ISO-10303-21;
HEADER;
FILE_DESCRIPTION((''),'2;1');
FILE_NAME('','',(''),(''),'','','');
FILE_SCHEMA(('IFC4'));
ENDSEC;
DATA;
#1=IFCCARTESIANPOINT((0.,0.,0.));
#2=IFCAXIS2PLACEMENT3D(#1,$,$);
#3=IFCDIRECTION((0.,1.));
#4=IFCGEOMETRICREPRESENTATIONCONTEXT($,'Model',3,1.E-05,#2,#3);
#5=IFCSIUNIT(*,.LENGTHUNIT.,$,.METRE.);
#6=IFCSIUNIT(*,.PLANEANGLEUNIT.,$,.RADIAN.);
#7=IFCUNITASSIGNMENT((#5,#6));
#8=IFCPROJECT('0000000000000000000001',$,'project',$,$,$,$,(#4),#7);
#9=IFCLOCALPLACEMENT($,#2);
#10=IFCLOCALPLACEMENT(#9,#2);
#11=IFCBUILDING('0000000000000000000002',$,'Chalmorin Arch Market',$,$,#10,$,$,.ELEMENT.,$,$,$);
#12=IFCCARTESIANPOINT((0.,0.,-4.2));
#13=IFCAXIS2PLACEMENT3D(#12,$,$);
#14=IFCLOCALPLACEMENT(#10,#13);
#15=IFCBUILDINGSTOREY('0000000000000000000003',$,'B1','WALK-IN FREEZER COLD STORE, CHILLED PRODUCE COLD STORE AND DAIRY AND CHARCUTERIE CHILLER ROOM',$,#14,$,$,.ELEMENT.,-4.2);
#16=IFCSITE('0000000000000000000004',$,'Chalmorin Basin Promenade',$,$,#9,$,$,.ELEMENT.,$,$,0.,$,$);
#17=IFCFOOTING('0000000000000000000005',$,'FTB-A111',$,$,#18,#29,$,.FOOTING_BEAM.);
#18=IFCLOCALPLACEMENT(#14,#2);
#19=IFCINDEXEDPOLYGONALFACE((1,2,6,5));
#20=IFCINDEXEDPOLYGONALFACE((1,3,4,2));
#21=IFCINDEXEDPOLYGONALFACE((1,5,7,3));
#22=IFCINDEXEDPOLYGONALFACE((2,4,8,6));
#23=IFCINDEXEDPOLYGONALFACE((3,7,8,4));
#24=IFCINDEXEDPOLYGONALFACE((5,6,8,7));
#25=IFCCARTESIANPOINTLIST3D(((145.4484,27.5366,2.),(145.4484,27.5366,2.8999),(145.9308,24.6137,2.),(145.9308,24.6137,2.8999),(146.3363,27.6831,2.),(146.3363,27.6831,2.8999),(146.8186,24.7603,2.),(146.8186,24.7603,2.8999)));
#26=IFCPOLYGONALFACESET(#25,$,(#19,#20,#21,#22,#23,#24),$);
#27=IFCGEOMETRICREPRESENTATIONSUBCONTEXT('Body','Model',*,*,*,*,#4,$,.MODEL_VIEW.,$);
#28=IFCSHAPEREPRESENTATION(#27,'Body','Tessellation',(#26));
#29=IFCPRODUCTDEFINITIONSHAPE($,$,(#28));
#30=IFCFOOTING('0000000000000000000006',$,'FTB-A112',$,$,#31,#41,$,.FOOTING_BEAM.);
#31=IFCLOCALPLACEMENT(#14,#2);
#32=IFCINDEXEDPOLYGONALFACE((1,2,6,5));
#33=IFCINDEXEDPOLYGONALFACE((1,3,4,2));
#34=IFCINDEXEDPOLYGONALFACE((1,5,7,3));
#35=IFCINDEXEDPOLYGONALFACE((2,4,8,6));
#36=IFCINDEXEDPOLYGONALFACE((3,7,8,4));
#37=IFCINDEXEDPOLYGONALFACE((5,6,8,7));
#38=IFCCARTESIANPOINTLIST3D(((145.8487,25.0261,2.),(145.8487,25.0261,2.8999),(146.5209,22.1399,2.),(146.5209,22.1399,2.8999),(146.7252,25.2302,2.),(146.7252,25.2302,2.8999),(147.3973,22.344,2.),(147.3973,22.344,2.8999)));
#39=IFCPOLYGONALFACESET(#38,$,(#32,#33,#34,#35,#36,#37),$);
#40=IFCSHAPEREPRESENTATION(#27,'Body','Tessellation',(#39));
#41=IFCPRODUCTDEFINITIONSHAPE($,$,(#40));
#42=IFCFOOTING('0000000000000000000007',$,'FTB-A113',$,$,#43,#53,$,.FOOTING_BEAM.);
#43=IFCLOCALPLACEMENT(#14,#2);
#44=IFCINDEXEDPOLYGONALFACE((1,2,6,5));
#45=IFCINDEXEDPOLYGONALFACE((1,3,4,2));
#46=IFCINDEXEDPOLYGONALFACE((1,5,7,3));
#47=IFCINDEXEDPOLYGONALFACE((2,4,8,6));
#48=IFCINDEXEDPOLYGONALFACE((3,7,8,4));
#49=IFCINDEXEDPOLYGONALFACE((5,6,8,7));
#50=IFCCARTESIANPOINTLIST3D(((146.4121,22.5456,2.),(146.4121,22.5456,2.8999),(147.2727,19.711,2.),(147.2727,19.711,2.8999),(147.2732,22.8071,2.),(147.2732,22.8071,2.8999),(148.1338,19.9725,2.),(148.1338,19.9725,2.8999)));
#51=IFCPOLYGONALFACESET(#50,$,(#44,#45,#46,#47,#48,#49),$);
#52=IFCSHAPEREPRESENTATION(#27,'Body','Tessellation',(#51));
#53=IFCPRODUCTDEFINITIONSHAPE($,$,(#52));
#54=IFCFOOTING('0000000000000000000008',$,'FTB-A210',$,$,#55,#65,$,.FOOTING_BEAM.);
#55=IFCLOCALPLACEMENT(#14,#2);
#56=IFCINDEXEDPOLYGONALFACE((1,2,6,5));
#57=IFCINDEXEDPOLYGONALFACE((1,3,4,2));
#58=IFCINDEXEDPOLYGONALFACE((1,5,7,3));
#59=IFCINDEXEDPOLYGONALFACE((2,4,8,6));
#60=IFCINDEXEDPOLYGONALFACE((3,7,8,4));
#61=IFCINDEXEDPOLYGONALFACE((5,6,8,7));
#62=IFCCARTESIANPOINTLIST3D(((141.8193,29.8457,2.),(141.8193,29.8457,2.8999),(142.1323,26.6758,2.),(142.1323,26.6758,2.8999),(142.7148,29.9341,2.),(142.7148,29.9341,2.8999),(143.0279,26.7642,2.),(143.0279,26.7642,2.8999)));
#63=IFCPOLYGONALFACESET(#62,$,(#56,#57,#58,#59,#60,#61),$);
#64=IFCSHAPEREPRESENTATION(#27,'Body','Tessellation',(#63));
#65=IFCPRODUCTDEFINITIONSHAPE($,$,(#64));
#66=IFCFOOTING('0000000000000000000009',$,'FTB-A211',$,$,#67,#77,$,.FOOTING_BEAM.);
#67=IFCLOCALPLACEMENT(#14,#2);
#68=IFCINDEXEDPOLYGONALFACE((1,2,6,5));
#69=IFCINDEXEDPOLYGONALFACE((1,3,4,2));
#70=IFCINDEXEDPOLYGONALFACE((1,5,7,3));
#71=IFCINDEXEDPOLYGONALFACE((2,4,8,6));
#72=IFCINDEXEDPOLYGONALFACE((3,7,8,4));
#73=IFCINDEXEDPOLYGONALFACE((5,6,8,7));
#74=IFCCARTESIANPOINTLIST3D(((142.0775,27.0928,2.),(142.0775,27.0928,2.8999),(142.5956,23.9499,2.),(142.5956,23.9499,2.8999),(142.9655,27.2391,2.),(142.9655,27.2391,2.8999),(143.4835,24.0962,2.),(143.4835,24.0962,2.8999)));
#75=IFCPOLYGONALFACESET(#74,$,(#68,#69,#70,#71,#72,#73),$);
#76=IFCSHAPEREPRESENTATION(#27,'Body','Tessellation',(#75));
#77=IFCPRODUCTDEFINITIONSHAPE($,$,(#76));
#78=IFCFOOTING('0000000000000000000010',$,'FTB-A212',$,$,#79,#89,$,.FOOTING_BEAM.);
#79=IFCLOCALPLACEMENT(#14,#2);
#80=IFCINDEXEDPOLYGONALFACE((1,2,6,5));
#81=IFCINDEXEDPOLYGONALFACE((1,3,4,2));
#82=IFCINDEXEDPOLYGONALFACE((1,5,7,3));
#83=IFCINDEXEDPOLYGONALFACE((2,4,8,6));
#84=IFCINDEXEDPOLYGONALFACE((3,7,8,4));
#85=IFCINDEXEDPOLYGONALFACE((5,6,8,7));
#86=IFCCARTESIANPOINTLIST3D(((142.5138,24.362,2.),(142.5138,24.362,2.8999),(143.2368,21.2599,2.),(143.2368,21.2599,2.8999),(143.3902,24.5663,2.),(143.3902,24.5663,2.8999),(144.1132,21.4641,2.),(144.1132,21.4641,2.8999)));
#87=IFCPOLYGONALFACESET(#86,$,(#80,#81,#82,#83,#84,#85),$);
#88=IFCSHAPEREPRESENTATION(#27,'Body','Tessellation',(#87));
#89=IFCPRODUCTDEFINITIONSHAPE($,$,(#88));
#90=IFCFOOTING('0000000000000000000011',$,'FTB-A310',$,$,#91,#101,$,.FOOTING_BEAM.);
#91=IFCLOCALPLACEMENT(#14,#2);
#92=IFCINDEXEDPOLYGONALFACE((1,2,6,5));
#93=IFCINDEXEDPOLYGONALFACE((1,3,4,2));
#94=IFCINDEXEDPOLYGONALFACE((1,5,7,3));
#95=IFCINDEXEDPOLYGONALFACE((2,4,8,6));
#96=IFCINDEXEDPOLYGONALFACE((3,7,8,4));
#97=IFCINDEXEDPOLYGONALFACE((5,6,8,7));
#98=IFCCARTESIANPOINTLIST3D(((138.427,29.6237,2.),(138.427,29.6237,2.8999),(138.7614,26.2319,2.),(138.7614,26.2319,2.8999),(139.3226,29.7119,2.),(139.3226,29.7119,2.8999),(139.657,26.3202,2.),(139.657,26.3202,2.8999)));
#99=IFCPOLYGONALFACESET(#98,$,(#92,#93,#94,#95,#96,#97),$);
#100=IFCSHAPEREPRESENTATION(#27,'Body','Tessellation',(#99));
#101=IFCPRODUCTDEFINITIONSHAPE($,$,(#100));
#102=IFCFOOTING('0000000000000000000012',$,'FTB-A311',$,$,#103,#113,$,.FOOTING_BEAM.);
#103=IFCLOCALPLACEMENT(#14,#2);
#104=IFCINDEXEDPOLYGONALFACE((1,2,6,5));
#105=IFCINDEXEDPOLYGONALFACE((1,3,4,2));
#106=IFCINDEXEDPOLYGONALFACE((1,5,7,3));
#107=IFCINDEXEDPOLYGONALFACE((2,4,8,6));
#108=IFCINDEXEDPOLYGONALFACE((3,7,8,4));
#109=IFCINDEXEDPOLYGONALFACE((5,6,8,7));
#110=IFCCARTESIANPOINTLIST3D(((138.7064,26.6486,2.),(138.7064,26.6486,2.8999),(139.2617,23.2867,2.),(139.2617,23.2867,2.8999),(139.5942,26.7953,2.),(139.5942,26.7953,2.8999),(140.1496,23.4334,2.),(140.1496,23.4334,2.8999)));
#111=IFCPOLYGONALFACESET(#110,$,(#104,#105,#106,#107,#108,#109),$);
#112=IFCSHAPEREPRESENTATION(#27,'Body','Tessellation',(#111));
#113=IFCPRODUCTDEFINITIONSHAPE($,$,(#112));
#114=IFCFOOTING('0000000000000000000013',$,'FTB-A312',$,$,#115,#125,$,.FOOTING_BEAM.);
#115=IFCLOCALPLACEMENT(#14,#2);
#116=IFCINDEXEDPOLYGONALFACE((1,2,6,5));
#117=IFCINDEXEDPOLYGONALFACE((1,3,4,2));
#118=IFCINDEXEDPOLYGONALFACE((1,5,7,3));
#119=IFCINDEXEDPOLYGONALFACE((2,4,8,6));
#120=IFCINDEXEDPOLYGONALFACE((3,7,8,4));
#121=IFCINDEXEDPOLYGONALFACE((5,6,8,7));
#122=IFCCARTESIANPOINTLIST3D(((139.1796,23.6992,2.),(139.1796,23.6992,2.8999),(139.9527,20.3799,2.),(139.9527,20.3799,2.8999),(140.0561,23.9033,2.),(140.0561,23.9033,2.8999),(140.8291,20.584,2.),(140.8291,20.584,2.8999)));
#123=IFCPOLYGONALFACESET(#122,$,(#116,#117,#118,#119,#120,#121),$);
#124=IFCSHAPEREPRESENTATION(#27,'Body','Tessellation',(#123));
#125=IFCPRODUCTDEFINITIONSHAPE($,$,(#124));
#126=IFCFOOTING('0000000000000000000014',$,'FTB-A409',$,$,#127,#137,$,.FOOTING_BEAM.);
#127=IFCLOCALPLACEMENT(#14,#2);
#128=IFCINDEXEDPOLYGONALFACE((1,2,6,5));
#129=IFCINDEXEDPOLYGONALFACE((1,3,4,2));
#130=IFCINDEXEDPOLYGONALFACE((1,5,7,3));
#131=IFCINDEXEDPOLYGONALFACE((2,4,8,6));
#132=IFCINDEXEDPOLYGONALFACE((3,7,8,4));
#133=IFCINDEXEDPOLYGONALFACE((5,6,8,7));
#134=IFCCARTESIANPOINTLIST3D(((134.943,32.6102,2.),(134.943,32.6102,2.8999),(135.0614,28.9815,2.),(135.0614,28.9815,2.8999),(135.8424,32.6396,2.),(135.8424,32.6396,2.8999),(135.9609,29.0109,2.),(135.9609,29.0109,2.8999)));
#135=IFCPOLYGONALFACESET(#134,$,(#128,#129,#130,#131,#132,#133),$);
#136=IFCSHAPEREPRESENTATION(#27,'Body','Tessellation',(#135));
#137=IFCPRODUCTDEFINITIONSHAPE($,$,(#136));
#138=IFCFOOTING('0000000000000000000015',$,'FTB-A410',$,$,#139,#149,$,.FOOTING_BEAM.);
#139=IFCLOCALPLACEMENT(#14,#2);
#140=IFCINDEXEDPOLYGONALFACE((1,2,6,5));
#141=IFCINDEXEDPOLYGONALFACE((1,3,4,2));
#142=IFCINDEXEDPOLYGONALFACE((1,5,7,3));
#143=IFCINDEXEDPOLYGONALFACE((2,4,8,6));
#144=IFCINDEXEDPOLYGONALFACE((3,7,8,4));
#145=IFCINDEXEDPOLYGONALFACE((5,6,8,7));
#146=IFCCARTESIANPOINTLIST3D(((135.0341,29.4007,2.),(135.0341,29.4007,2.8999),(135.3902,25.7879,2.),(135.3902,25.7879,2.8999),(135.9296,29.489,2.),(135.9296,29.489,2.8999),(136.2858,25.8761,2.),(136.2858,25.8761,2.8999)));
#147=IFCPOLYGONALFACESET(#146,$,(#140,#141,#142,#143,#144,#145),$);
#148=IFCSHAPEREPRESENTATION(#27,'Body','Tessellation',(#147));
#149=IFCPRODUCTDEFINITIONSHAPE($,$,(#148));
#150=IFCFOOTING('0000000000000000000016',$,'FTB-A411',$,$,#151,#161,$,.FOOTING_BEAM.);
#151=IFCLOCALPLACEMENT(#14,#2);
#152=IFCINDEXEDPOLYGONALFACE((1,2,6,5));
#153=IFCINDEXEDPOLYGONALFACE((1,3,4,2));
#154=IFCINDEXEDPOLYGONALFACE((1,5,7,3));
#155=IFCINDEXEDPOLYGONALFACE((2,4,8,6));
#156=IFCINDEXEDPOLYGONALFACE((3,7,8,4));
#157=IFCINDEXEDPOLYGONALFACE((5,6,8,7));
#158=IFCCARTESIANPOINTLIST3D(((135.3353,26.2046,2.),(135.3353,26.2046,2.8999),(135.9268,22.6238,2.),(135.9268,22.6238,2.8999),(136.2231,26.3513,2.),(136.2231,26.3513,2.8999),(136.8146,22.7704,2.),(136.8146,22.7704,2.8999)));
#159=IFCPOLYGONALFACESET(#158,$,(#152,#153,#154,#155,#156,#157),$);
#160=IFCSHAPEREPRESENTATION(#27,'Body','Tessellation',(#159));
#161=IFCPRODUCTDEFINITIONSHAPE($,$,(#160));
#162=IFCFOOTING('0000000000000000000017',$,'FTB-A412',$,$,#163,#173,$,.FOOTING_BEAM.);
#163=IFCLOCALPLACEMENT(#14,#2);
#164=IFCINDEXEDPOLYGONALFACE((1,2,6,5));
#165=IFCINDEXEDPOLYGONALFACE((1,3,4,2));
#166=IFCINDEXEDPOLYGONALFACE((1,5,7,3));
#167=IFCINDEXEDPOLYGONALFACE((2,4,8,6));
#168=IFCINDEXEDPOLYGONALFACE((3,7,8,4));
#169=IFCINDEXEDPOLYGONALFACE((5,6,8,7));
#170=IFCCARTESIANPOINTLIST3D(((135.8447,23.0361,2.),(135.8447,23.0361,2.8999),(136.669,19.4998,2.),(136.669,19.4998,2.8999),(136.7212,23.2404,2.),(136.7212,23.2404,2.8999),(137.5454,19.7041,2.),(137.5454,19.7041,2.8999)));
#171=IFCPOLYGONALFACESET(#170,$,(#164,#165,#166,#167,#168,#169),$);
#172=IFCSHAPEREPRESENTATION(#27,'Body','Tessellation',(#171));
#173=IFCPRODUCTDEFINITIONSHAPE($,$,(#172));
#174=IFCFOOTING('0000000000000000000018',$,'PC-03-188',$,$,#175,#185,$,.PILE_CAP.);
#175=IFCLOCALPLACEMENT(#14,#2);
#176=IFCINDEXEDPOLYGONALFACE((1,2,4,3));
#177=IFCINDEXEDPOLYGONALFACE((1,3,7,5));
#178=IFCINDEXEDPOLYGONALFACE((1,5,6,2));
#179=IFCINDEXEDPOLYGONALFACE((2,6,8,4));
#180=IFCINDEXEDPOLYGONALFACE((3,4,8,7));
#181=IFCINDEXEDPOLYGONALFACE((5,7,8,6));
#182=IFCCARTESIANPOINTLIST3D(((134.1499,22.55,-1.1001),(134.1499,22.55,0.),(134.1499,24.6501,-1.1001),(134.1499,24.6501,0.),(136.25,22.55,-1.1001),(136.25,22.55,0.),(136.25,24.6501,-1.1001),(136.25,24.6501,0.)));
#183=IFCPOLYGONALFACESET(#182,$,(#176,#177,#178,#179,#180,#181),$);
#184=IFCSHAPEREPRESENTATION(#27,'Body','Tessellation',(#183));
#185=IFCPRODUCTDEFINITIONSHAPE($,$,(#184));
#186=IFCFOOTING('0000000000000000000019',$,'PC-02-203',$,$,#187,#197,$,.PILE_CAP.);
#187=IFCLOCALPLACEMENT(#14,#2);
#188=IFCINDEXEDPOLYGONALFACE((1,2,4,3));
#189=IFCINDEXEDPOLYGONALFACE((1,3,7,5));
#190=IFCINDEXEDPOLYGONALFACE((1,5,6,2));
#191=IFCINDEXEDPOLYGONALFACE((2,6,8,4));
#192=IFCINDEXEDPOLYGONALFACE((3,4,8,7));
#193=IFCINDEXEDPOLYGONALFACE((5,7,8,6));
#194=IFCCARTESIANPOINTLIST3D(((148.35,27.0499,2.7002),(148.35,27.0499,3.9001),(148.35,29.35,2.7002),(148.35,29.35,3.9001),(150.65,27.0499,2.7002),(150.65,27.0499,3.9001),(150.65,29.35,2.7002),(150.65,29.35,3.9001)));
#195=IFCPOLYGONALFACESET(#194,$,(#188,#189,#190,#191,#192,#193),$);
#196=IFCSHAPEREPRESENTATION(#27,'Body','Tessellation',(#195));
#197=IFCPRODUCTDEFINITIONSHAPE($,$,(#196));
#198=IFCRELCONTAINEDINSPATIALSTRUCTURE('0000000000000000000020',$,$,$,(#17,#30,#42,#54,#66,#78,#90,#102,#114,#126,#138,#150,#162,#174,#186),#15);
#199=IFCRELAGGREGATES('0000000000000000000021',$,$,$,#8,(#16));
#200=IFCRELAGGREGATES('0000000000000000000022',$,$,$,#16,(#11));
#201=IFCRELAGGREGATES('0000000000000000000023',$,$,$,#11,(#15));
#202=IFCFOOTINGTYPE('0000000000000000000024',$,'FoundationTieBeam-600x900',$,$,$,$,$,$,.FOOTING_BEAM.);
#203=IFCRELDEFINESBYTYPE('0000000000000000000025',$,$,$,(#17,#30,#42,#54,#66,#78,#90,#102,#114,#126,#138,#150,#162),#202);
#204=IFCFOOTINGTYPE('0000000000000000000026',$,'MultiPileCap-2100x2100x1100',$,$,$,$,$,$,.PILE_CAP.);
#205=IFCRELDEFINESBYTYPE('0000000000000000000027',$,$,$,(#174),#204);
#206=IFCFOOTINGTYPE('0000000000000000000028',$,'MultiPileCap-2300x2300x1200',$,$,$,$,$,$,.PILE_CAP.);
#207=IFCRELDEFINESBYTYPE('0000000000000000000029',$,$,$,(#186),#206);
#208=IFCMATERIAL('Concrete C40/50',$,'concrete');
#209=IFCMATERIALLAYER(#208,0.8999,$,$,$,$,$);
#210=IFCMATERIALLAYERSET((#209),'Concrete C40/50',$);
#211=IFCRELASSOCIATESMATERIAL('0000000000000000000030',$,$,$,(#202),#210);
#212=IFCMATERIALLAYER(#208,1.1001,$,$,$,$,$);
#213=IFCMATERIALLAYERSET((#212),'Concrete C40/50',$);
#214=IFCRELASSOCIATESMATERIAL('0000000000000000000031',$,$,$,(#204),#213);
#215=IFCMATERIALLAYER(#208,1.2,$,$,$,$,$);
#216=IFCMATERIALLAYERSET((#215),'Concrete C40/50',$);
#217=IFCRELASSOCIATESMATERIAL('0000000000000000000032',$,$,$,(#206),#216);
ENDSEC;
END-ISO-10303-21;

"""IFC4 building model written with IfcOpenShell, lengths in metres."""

from ifc_helpers import new_model, si_unit, direction, frame, origin, origin_2d, place, context, subcontext, project, spatial, rectangle, extrude, material, layer, layer_set, type_object, element, save


model = new_model("IFC4")

# Units and contexts
model_context = context("Model", 3, precision=1e-05, world=origin(), true_north=direction((0.0, 1.0)))
body_context = subcontext(model_context, "Body", "Model", "MODEL_VIEW")
ifc_project = project(units=[si_unit("LENGTHUNIT", "METRE"), si_unit("PLANEANGLEUNIT", "RADIAN")], contexts=[model_context])

# Site, building, storey
site_placement = place(None, origin())
site = spatial("IfcSite", under=ifc_project, at=site_placement, Name="Chalmorin Basin Promenade", CompositionType="ELEMENT", RefElevation=0.0)
building_placement = place(site_placement, origin())
building = spatial("IfcBuilding", under=site, at=building_placement, Name="Chalmorin Arch Market", CompositionType="ELEMENT")
storey_placement = place(building_placement, frame((0.0, 0.0, -4.2)))
storey = spatial("IfcBuildingStorey", under=building, at=storey_placement, Name="B1", Description="WALK-IN FREEZER COLD STORE, CHILLED PRODUCE COLD STORE AND DAIRY AND CHARCUTERIE CHILLER ROOM", CompositionType="ELEMENT", Elevation=-4.2)

# Footings
ifc_material_1 = material(Name="Concrete C40/50", Category="concrete")
ifc_layer_1 = layer(ifc_material_1, 0.8999)
ifc_layer_set_1 = layer_set([ifc_layer_1], Name="Concrete C40/50")
footing_type_1 = type_object("IfcFootingType", Name="FoundationTieBeam-600x900", PredefinedType="FOOTING_BEAM", material=ifc_layer_set_1)
footing_1_placement = place(storey_placement, frame((146.1335, 26.1484, 2.0), z_axis=(0.0, 0.0, 1.0), x_axis=(0.162809, -0.986658, 0.0)))
element("IfcFooting", 1, at=footing_1_placement, inside=storey, type_object=footing_type_1, Name="FTB-A111", PredefinedType="FOOTING_BEAM", context=body_context, shape_type="SweptSolid", body=[
    extrude(rectangle(XDim=2.9624, YDim=0.8999, at=origin_2d()), origin(), (0.0, 0.0, 1.0), 0.8999),
])
footing_2_placement = place(storey_placement, frame((146.623, 23.6851, 2.0), z_axis=(0.0, 0.0, 1.0), x_axis=(0.226821, -0.973936, 0.0)))
element("IfcFooting", 2, at=footing_2_placement, inside=storey, type_object=footing_type_1, Name="FTB-A112", PredefinedType="FOOTING_BEAM", context=body_context, shape_type="SweptSolid", body=[
    extrude(rectangle(XDim=2.9634, YDim=0.8999, at=origin_2d()), origin(), (0.0, 0.0, 1.0), 0.8999),
])
footing_3_placement = place(storey_placement, frame((147.2729, 21.259, 2.0), z_axis=(0.0, 0.0, 1.0), x_axis=(0.290535, -0.956864, 0.0)))
element("IfcFooting", 3, at=footing_3_placement, inside=storey, type_object=footing_type_1, Name="FTB-A113", PredefinedType="FOOTING_BEAM", context=body_context, shape_type="SweptSolid", body=[
    extrude(rectangle(XDim=2.9624, YDim=0.8999, at=origin_2d()), origin(), (0.0, 0.0, 1.0), 0.8999),
])
for number, where, z_axis, x_axis, name in (
    (4, (142.4236, 28.3049, 2.0), (0.0, 0.0, 1.0), (0.098278, -0.995159, 0.0), "FTB-A210"),
    (5, (142.7805, 25.5945, 2.0), (0.0, 0.0, 1.0), (0.162637, -0.986686, 0.0), "FTB-A211"),
    (6, (143.3135, 22.9131, 2.0), (0.0, 0.0, 1.0), (0.226991, -0.973897, 0.0), "FTB-A212"),
):
    element("IfcFooting", number, at=place(storey_placement, frame(where, z_axis=z_axis, x_axis=x_axis)), inside=storey, type_object=footing_type_1, Name=name, PredefinedType="FOOTING_BEAM", context=body_context, shape_type="SweptSolid", body=[
        extrude(rectangle(XDim=3.1853, YDim=0.8999, at=origin_2d()), origin(), (0.0, 0.0, 1.0), 0.8999),
    ])
footing_4_placement = place(storey_placement, frame((139.042, 27.9719, 2.0), z_axis=(0.0, 0.0, 1.0), x_axis=(0.098104, -0.995176, 0.0)))
element("IfcFooting", 7, at=footing_4_placement, inside=storey, type_object=footing_type_1, Name="FTB-A310", PredefinedType="FOOTING_BEAM", context=body_context, shape_type="SweptSolid", body=[
    extrude(rectangle(XDim=3.4082, YDim=0.8999, at=origin_2d()), origin(), (0.0, 0.0, 1.0), 0.8999),
])
footing_5_placement = place(storey_placement, frame((139.428, 25.041, 2.0), z_axis=(0.0, 0.0, 1.0), x_axis=(0.162982, -0.986629, 0.0)))
element("IfcFooting", 8, at=footing_5_placement, inside=storey, type_object=footing_type_1, Name="FTB-A311", PredefinedType="FOOTING_BEAM", context=body_context, shape_type="SweptSolid", body=[
    extrude(rectangle(XDim=3.4075, YDim=0.8999, at=origin_2d()), origin(), (0.0, 0.0, 1.0), 0.8999),
])
footing_6_placement = place(storey_placement, frame((140.0044, 22.1416, 2.0), z_axis=(0.0, 0.0, 1.0), x_axis=(0.226821, -0.973936, 0.0)))
element("IfcFooting", 9, at=footing_6_placement, inside=storey, type_object=footing_type_1, Name="FTB-A312", PredefinedType="FOOTING_BEAM", context=body_context, shape_type="SweptSolid", body=[
    extrude(rectangle(XDim=3.4082, YDim=0.8999, at=origin_2d()), origin(), (0.0, 0.0, 1.0), 0.8999),
])
footing_7_placement = place(storey_placement, frame((135.4519, 30.8105, 2.0), z_axis=(0.0, 0.0, 1.0), x_axis=(0.032632, -0.999467, 0.0)))
element("IfcFooting", 10, at=footing_7_placement, inside=storey, type_object=footing_type_1, Name="FTB-A409", PredefinedType="FOOTING_BEAM", context=body_context, shape_type="SweptSolid", body=[
    extrude(rectangle(XDim=3.6306, YDim=0.8999, at=origin_2d()), origin(), (0.0, 0.0, 1.0), 0.8999),
])
footing_8_placement = place(storey_placement, frame((135.6599, 27.6384, 2.0), z_axis=(0.0, 0.0, 1.0), x_axis=(0.098104, -0.995176, 0.0)))
element("IfcFooting", 11, at=footing_8_placement, inside=storey, type_object=footing_type_1, Name="FTB-A410", PredefinedType="FOOTING_BEAM", context=body_context, shape_type="SweptSolid", body=[
    extrude(rectangle(XDim=3.6304, YDim=0.8999, at=origin_2d()), origin(), (0.0, 0.0, 1.0), 0.8999),
])
footing_9_placement = place(storey_placement, frame((136.075, 24.4875, 2.0), z_axis=(0.0, 0.0, 1.0), x_axis=(0.162982, -0.986629, 0.0)))
element("IfcFooting", 12, at=footing_9_placement, inside=storey, type_object=footing_type_1, Name="FTB-A411", PredefinedType="FOOTING_BEAM", context=body_context, shape_type="SweptSolid", body=[
    extrude(rectangle(XDim=3.6294, YDim=0.8999, at=origin_2d()), origin(), (0.0, 0.0, 1.0), 0.8999),
])
footing_10_placement = place(storey_placement, frame((136.6951, 21.3701, 2.0), z_axis=(0.0, 0.0, 1.0), x_axis=(0.226991, -0.973897, 0.0)))
element("IfcFooting", 13, at=footing_10_placement, inside=storey, type_object=footing_type_1, Name="FTB-A412", PredefinedType="FOOTING_BEAM", context=body_context, shape_type="SweptSolid", body=[
    extrude(rectangle(XDim=3.6311, YDim=0.8999, at=origin_2d()), origin(), (0.0, 0.0, 1.0), 0.8999),
])
ifc_layer_2 = layer(ifc_material_1, 1.1001)
ifc_layer_set_2 = layer_set([ifc_layer_2], Name="Concrete C40/50")
footing_type_2 = type_object("IfcFootingType", Name="MultiPileCap-2100x2100x1100", PredefinedType="PILE_CAP", material=ifc_layer_set_2)
footing_11_placement = place(storey_placement, frame((135.2, 23.6001, -1.1001), z_axis=(0.0, 0.0, 1.0), x_axis=(1.0, 0.0, 0.0)))
element("IfcFooting", 14, at=footing_11_placement, inside=storey, type_object=footing_type_2, Name="PC-03-188", PredefinedType="PILE_CAP", context=body_context, shape_type="SweptSolid", body=[
    extrude(rectangle(XDim=2.1001, YDim=2.1001, at=origin_2d()), origin(), (0.0, 0.0, 1.0), 1.1001),
])
ifc_layer_3 = layer(ifc_material_1, 1.2)
ifc_layer_set_3 = layer_set([ifc_layer_3], Name="Concrete C40/50")
footing_type_3 = type_object("IfcFootingType", Name="MultiPileCap-2300x2300x1200", PredefinedType="PILE_CAP", material=ifc_layer_set_3)
footing_12_placement = place(storey_placement, frame((149.5, 28.2, 2.7002), z_axis=(0.0, 0.0, 1.0), x_axis=(1.0, 0.0, 0.0)))
element("IfcFooting", 15, at=footing_12_placement, inside=storey, type_object=footing_type_3, Name="PC-02-203", PredefinedType="PILE_CAP", context=body_context, shape_type="SweptSolid", body=[
    extrude(rectangle(XDim=2.3, YDim=2.3, at=origin_2d()), origin(), (0.0, 0.0, 1.0), 1.2),
])

save(model, "model.ifc")
